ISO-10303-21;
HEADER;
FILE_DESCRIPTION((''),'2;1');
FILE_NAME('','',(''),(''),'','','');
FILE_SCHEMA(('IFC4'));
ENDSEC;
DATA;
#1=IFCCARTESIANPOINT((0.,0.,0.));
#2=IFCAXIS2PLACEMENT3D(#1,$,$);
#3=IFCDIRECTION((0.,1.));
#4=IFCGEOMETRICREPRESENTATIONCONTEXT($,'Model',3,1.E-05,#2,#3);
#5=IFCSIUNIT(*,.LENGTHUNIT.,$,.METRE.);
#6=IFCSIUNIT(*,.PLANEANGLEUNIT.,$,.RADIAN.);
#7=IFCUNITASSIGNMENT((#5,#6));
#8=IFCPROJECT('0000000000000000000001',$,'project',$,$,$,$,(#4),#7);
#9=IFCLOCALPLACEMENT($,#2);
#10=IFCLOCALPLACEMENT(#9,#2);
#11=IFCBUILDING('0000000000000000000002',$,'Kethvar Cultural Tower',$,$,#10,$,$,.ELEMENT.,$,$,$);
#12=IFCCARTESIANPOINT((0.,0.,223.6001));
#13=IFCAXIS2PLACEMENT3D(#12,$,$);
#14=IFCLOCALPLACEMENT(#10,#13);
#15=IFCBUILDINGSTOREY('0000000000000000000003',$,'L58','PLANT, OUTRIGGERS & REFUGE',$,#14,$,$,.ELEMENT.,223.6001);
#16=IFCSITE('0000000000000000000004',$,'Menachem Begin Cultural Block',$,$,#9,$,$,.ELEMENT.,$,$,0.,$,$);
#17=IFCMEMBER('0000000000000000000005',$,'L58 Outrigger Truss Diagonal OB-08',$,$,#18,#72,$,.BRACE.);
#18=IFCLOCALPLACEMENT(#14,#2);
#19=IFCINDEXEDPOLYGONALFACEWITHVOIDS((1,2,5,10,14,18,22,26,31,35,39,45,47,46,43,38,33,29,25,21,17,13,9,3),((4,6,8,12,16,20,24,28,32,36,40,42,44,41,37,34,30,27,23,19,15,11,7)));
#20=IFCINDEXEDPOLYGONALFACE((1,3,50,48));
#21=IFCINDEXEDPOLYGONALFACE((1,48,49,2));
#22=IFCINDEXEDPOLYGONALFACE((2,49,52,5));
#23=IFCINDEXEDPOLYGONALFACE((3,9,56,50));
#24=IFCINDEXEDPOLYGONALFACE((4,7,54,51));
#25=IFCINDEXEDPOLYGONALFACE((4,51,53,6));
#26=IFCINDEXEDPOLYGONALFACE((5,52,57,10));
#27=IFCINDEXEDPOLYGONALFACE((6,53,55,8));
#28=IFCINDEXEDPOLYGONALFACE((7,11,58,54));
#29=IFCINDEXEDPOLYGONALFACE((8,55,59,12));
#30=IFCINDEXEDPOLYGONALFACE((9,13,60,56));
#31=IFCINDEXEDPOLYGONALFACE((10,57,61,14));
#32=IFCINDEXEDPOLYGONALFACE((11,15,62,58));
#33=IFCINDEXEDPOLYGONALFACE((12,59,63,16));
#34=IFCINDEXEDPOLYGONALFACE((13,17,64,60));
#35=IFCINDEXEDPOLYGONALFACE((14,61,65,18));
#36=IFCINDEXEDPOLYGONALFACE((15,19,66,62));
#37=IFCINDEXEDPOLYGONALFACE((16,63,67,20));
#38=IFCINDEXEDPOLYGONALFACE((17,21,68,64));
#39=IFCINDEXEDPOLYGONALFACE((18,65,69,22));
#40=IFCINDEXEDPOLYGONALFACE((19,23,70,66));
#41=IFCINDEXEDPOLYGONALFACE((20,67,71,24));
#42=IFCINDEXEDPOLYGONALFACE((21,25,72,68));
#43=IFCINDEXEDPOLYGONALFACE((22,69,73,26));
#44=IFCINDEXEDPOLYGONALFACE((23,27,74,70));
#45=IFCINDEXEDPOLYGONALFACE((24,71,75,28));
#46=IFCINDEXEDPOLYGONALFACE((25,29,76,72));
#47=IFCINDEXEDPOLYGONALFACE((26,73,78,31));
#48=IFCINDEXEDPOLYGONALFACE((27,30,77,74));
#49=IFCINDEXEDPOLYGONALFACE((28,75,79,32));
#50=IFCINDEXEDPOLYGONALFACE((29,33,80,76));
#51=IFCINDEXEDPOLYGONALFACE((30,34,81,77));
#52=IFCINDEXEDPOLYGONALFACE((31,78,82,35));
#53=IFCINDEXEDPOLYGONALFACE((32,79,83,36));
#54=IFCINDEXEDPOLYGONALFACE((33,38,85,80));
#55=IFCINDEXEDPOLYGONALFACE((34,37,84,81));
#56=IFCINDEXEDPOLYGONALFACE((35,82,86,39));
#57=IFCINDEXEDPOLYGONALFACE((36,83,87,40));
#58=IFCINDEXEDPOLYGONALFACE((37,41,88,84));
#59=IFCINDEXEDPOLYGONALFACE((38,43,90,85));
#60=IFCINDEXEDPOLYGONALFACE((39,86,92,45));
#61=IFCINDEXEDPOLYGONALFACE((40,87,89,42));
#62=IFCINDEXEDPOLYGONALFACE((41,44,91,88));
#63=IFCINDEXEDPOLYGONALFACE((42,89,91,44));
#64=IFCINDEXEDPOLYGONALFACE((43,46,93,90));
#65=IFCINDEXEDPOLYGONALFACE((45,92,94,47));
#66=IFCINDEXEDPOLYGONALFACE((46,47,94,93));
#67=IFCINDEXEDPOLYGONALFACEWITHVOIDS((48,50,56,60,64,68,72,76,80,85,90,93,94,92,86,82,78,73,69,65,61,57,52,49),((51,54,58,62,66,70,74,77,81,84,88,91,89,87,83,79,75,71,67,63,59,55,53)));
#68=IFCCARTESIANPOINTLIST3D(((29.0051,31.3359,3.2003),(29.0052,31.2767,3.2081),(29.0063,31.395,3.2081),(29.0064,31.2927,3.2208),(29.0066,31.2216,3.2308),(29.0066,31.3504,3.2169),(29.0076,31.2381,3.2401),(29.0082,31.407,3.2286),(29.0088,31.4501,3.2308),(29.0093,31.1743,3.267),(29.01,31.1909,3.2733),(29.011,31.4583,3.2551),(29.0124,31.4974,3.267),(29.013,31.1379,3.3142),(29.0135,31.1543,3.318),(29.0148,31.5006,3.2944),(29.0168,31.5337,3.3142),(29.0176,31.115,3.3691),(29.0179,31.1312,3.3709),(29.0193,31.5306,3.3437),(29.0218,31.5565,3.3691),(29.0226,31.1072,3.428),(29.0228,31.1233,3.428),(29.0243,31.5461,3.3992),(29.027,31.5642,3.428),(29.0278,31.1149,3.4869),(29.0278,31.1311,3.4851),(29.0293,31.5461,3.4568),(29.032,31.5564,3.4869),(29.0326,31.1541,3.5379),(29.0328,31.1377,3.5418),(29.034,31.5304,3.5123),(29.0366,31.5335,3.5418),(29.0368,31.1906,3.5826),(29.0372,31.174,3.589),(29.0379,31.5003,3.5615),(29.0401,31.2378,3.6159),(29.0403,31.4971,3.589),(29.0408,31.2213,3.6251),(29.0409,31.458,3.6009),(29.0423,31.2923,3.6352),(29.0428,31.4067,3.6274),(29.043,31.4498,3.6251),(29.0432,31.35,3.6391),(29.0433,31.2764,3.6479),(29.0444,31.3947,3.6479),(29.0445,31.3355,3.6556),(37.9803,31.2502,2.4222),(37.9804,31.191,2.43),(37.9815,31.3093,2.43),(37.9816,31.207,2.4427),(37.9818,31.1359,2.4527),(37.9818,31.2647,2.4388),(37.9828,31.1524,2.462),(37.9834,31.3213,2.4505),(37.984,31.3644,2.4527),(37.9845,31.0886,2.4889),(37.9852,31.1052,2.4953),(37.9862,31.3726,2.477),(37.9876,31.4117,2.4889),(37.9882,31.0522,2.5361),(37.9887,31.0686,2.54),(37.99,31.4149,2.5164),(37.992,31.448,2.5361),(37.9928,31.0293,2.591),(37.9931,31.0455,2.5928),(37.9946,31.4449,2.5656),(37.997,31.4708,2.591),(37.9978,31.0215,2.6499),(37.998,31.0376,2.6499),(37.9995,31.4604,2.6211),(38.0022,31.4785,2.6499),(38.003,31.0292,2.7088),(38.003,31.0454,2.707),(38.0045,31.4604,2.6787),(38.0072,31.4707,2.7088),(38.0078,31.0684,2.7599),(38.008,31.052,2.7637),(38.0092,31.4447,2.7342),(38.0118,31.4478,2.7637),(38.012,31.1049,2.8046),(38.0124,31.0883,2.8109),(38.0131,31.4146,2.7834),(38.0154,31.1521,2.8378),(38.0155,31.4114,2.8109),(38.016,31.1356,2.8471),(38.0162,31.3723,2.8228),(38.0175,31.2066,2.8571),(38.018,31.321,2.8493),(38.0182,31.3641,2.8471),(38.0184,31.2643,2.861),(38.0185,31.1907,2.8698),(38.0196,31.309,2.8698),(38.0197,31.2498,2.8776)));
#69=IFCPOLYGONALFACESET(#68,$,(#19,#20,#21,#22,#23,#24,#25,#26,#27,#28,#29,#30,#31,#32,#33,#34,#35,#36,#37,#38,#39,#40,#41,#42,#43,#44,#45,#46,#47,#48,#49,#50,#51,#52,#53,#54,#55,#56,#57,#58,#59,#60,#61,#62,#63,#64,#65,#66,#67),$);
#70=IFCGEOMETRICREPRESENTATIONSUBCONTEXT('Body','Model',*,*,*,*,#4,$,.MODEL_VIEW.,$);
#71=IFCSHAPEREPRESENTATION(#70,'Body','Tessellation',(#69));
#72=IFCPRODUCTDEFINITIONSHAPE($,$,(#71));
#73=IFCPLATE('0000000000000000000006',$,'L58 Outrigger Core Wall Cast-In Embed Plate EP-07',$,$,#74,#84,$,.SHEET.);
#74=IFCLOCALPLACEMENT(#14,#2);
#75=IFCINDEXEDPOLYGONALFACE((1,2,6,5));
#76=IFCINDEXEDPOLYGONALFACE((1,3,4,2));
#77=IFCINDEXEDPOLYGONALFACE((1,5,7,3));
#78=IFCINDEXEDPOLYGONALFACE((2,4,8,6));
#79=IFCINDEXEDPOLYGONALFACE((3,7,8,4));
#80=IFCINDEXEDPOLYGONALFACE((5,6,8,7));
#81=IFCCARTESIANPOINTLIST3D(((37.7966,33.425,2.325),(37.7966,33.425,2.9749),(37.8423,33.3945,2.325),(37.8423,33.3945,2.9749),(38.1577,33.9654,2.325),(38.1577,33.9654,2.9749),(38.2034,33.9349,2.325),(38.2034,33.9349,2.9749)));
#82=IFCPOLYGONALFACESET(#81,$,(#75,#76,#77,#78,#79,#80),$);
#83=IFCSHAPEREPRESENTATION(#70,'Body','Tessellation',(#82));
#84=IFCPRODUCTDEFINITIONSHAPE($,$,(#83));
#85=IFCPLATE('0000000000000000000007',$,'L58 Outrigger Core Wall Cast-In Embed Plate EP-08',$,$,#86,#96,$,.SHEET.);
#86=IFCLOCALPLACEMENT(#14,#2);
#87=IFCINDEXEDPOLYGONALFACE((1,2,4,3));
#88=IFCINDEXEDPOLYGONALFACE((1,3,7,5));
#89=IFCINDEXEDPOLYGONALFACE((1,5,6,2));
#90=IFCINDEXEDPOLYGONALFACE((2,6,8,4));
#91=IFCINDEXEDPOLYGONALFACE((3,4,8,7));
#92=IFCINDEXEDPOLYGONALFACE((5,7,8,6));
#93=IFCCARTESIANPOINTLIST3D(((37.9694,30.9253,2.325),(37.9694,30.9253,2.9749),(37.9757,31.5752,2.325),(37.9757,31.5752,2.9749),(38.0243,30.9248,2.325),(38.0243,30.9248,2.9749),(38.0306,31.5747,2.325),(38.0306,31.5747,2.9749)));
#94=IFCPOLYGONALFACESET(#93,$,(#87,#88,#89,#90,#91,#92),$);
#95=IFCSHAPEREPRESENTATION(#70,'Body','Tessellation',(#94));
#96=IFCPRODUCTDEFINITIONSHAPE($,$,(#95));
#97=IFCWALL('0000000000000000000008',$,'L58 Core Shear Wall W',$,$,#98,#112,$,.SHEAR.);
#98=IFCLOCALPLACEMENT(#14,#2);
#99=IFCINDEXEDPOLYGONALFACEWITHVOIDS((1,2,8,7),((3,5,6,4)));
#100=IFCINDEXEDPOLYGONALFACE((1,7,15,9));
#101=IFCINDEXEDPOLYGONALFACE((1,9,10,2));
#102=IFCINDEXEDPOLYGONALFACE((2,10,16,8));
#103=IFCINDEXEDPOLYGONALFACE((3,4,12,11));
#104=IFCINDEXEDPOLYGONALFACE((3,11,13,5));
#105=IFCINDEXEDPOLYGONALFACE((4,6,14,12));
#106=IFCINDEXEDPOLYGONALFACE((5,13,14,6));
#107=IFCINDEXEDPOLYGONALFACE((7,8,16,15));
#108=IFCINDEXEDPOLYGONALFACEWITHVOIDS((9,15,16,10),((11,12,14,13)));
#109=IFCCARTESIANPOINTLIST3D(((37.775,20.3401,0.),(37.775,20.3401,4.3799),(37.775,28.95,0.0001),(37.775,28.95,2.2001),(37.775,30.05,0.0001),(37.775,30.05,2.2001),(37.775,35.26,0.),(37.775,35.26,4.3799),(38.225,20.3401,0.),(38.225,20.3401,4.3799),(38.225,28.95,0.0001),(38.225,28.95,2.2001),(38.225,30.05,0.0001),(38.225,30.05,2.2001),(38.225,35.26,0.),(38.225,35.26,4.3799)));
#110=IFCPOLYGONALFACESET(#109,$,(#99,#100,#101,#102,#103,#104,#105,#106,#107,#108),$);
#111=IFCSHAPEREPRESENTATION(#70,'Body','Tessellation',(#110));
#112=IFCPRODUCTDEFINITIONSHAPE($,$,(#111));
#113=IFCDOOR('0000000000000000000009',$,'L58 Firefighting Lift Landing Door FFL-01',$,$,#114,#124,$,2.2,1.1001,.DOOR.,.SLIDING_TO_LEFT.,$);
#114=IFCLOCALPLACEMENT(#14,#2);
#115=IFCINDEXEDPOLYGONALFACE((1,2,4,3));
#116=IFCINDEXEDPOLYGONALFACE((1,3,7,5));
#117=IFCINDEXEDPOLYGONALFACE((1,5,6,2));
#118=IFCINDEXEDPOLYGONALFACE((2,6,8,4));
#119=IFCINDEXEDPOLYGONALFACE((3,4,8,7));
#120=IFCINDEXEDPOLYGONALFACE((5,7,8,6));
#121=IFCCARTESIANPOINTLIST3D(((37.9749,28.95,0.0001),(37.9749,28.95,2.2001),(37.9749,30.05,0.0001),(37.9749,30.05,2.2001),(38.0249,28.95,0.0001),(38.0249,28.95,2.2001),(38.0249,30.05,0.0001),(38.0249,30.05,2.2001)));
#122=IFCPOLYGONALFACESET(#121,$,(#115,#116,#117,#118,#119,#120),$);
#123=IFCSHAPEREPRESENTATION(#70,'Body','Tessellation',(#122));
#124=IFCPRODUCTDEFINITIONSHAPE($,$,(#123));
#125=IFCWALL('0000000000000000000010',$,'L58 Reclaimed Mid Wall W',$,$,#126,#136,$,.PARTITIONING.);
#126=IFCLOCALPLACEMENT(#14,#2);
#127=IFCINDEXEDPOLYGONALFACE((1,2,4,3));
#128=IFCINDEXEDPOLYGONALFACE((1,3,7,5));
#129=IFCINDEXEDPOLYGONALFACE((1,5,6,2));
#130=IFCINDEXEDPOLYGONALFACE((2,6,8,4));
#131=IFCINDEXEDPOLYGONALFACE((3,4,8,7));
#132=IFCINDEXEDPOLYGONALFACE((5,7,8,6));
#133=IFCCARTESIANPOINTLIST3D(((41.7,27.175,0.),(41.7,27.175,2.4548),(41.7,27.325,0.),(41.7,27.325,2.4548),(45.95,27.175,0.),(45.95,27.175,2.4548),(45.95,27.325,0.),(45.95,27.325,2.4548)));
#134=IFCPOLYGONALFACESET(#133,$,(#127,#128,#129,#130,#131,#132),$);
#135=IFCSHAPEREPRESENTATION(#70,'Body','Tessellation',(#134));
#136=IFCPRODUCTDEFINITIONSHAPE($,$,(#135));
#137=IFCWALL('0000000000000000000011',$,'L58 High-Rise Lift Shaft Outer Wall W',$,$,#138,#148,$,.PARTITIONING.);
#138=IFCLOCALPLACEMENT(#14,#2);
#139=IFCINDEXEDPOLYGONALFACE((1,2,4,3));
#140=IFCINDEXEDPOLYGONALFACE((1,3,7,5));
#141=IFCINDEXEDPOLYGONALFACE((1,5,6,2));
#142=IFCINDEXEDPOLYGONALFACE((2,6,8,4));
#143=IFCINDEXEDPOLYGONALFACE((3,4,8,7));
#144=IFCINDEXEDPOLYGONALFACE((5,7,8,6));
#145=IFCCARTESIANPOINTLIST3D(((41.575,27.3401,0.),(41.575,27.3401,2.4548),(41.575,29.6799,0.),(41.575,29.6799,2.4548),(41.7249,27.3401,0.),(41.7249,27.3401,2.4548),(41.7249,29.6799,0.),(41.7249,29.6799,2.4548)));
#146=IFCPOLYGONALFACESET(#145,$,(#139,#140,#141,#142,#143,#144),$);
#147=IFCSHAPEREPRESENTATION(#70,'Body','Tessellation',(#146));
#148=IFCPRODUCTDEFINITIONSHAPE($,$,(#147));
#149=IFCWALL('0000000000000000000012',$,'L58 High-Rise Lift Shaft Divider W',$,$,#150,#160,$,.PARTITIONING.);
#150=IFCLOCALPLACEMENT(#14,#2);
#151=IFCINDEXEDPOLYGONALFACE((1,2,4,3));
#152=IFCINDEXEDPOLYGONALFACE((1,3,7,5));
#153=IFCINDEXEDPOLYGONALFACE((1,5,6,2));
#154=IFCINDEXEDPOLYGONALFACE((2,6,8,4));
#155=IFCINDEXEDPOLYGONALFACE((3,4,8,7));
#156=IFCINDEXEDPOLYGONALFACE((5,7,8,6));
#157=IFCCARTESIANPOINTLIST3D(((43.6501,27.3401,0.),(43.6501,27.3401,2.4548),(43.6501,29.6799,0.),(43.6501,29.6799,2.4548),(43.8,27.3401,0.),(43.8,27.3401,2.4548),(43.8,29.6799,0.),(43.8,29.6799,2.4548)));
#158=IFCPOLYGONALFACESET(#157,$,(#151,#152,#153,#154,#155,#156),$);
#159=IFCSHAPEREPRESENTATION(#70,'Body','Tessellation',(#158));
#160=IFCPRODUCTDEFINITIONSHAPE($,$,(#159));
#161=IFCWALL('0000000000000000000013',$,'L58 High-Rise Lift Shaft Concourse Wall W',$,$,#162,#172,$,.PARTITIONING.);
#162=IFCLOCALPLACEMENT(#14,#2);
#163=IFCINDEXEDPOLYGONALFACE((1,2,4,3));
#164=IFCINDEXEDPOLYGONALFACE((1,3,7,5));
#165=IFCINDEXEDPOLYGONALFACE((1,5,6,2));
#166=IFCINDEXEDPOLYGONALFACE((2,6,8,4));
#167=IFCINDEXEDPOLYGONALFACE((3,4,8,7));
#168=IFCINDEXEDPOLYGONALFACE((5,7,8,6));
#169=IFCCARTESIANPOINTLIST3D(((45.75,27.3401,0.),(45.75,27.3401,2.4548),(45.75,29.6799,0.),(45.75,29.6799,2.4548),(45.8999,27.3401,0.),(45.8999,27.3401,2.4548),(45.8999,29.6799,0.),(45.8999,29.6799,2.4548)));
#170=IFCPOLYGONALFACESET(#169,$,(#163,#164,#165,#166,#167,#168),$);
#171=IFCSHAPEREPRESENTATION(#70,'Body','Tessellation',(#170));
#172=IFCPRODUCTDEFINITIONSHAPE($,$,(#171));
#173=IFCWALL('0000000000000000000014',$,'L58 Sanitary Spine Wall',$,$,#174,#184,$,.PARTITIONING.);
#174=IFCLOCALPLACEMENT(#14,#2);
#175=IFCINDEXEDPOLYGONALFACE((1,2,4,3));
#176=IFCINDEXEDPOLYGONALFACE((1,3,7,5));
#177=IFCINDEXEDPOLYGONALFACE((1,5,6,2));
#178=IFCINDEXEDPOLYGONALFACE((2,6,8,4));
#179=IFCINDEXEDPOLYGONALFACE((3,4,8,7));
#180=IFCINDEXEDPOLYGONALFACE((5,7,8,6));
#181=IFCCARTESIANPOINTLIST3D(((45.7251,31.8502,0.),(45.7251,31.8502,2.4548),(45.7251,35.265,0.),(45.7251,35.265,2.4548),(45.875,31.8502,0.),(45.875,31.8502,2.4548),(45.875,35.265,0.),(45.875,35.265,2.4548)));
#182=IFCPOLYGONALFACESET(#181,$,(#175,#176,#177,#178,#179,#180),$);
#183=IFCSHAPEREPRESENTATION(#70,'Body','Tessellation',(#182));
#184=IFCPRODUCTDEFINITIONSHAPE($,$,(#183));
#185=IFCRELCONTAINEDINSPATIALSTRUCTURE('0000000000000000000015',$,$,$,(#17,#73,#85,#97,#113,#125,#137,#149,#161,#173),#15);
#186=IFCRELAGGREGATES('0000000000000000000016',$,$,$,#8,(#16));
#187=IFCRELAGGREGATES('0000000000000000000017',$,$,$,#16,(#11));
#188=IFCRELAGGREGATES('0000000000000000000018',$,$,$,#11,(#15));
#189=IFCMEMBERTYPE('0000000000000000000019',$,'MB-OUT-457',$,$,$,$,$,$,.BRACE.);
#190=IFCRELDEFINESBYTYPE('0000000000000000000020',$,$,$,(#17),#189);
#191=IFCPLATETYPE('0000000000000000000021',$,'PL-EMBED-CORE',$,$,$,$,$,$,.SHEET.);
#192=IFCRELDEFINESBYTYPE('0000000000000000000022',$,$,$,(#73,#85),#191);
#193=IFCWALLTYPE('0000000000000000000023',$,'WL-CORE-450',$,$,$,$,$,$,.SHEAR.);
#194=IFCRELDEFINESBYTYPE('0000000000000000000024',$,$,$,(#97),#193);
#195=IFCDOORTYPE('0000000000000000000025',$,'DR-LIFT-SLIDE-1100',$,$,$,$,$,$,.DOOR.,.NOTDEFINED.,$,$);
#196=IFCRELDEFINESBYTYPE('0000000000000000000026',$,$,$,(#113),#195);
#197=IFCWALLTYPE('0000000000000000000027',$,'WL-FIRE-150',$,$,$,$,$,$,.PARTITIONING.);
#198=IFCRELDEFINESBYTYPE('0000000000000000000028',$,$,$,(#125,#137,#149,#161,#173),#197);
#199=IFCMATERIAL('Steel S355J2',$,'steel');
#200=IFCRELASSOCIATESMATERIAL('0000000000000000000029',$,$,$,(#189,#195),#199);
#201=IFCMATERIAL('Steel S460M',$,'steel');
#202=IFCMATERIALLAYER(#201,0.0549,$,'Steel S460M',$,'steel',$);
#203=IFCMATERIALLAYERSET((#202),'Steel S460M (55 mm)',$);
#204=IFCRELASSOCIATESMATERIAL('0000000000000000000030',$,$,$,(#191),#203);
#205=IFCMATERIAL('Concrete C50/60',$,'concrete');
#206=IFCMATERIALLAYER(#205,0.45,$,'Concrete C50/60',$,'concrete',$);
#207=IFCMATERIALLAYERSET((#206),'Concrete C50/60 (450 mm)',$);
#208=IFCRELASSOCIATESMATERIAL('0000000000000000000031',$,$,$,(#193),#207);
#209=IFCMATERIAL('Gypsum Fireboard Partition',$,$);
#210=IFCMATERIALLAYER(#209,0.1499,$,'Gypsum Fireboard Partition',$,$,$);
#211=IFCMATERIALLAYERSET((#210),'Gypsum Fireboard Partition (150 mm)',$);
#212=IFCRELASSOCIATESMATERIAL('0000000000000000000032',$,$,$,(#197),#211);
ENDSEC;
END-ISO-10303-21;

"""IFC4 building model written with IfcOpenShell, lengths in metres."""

from ifc_helpers import new_model, si_unit, direction, frame, frame_2d, origin, origin_2d, place, context, subcontext, project, spatial, rectangle, hollow_circle, extrude, source, transform, mapped, material, layer, layer_set, material_profile, profile_set, type_object, element, fill, save


model = new_model("IFC4")

# Units and contexts
model_context = context("Model", 3, precision=1e-05, world=origin(), true_north=direction((0.0, 1.0)))
body_context = subcontext(model_context, "Body", "Model", "MODEL_VIEW")
ifc_project = project(units=[si_unit("LENGTHUNIT", "METRE"), si_unit("PLANEANGLEUNIT", "RADIAN")], contexts=[model_context])

# Site, building, storey
site_placement = place(None, origin())
site = spatial("IfcSite", under=ifc_project, at=site_placement, Name="Menachem Begin Cultural Block", CompositionType="ELEMENT", RefElevation=0.0)
building_placement = place(site_placement, origin())
building = spatial("IfcBuilding", under=site, at=building_placement, Name="Kethvar Cultural Tower", CompositionType="ELEMENT")
storey_placement = place(building_placement, frame((0.0, 0.0, 223.6001)))
storey = spatial("IfcBuildingStorey", under=building, at=storey_placement, Name="L58", Description="PLANT, OUTRIGGERS & REFUGE", CompositionType="ELEMENT", Elevation=223.6001)

# Shared definitions
ifc_material_1 = material(Name="Steel S460M", Category="steel")

# Member
ifc_material_2 = material(Name="Steel S355J2", Category="steel")
ifc_material_profile_1 = material_profile(ifc_material_2, hollow_circle(Radius=0.2285, WallThickness=0.0161, at=origin_2d()), Name="Steel S355J2 — CHS457x16")
ifc_profile_set_1 = profile_set([ifc_material_profile_1], Name="Steel S355J2 — CHS457x16")
member_type = type_object("IfcMemberType", Name="MB-OUT-457", PredefinedType="BRACE", material=ifc_profile_set_1)
shared_shape_1 = source(origin(), body_context, "Body", "SweptSolid", [
    extrude(hollow_circle(Radius=0.2285, WallThickness=0.0161, at=origin_2d()), origin(), (0.0, 0.0, 1.0), 9.0093),
])
member_1_placement = place(storey_placement, frame((38.0, 31.25, 2.6499), z_axis=(-0.996218, 0.009512, 0.086365), x_axis=(-0.009547, -0.999954, 0.0)))
element("IfcMember", 1, at=member_1_placement, inside=storey, type_object=member_type, Name="L58 Outrigger Truss Diagonal OB-08", PredefinedType="BRACE", context=body_context, shape_type="MappedRepresentation", body=[
    mapped(shared_shape_1, transform((0.0, 0.0, 0.0), scale=1.0)),
])

# Plates
ifc_layer_1 = layer(ifc_material_1, 0.0549, Name="Steel S460M", Category="steel")
ifc_layer_set_1 = layer_set([ifc_layer_1], Name="Steel S460M (55 mm)")
plate_type = type_object("IfcPlateType", Name="PL-EMBED-CORE", PredefinedType="SHEET", material=ifc_layer_set_1)
shared_shape_2 = source(origin(), body_context, "Body", "SweptSolid", [
    extrude(rectangle(XDim=0.0549, YDim=0.6499, at=origin_2d()), origin(), (0.0, 0.0, 1.0), 0.6499),
])
for number, where, z_axis, x_axis, name in (
    (2, (38.0, 33.6799, 2.325), (0.0, 0.0, 1.0), (-0.83147, 0.55557, 0.0), "L58 Outrigger Core Wall Cast-In Embed Plate EP-07"),
    (3, (38.0, 31.25, 2.325), (0.0, 0.0, 1.0), (-0.999954, 0.009599, 0.0), "L58 Outrigger Core Wall Cast-In Embed Plate EP-08"),
):
    element("IfcPlate", number, at=place(storey_placement, frame(where, z_axis=z_axis, x_axis=x_axis)), inside=storey, type_object=plate_type, Name=name, PredefinedType="SHEET", context=body_context, shape_type="MappedRepresentation", body=[
        mapped(shared_shape_2, transform((0.0, 0.0, 0.0), scale=1.0)),
    ])

# Wall, opening, door
ifc_material_3 = material(Name="Concrete C50/60", Category="concrete")
ifc_layer_2 = layer(ifc_material_3, 0.45, Name="Concrete C50/60", Category="concrete")
ifc_layer_set_2 = layer_set([ifc_layer_2], Name="Concrete C50/60 (450 mm)")
wall_type_1 = type_object("IfcWallType", Name="WL-CORE-450", PredefinedType="SHEAR", material=ifc_layer_set_2)
wall_1_placement = place(storey_placement, frame((38.0, 35.26, 0.0), z_axis=(0.0, 0.0, 1.0), x_axis=(0.0, -1.0, 0.0)))
wall_1 = element("IfcWall", 4, at=wall_1_placement, inside=storey, type_object=wall_type_1, Name="L58 Core Shear Wall W", PredefinedType="SHEAR", context=body_context, shape_type="SweptSolid", body=[
    extrude(rectangle(XDim=14.9199, YDim=0.45, at=frame_2d((7.46, 0.0))), origin(), (0.0, 0.0, 1.0), 4.3799),
])
opening_1_placement = place(wall_1_placement, frame((5.21, 0.0, 0.0)))
opening_1 = element("IfcOpeningElement", 5, at=opening_1_placement, cuts=wall_1, PredefinedType="OPENING", context=body_context, shape_type="SweptSolid", body=[
    extrude(rectangle(XDim=1.1001, YDim=2.2, at=frame_2d((0.55, 1.1001))), frame((0.0, 0.2349, 0.0), z_axis=(0.0, -1.0, 0.0), x_axis=(1.0, 0.0, 0.0)), (0.0, 0.0, 1.0), 0.47),
])
door_type = type_object("IfcDoorType", Name="DR-LIFT-SLIDE-1100", OperationType="NOTDEFINED", PredefinedType="DOOR", material=ifc_material_2)
shared_shape_3 = source(origin(), body_context, "Body", "SweptSolid", [
    extrude(rectangle(XDim=1.1001, YDim=2.2, at=frame_2d((0.55, 1.1001))), frame((0.0, 0.0249, 0.0), z_axis=(0.0, -1.0, 0.0), x_axis=(1.0, 0.0, 0.0)), (0.0, 0.0, 1.0), 0.05),
])
door_1_placement = place(opening_1_placement, origin())
door_1 = element("IfcDoor", 6, at=door_1_placement, inside=storey, type_object=door_type, Name="L58 Firefighting Lift Landing Door FFL-01", OperationType="SLIDING_TO_LEFT", OverallHeight=2.2, OverallWidth=1.1001, PredefinedType="DOOR", context=body_context, shape_type="MappedRepresentation", body=[
    mapped(shared_shape_3, transform((0.0, 0.0, 0.0), scale=1.0)),
])
fill(opening_1, door_1)

# Walls
ifc_material_4 = material(Name="Gypsum Fireboard Partition")
ifc_layer_3 = layer(ifc_material_4, 0.1499, Name="Gypsum Fireboard Partition")
ifc_layer_set_3 = layer_set([ifc_layer_3], Name="Gypsum Fireboard Partition (150 mm)")
wall_type_2 = type_object("IfcWallType", Name="WL-FIRE-150", PredefinedType="PARTITIONING", material=ifc_layer_set_3)
wall_2_placement = place(storey_placement, frame((41.7, 27.25, 0.0), z_axis=(0.0, 0.0, 1.0), x_axis=(1.0, 0.0, 0.0)))
element("IfcWall", 7, at=wall_2_placement, inside=storey, type_object=wall_type_2, Name="L58 Reclaimed Mid Wall W", PredefinedType="PARTITIONING", context=body_context, shape_type="SweptSolid", body=[
    extrude(rectangle(XDim=4.25, YDim=0.1499, at=frame_2d((2.125, 0.0))), origin(), (0.0, 0.0, 1.0), 2.4548),
])
for number, where, z_axis, x_axis, name in (
    (8, (41.6499, 27.3401, 0.0), (0.0, 0.0, 1.0), (0.0, 1.0, 0.0), "L58 High-Rise Lift Shaft Outer Wall W"),
    (9, (43.7251, 27.3401, 0.0), (0.0, 0.0, 1.0), (0.0, 1.0, 0.0), "L58 High-Rise Lift Shaft Divider W"),
    (10, (45.825, 27.3401, 0.0), (0.0, 0.0, 1.0), (0.0, 1.0, 0.0), "L58 High-Rise Lift Shaft Concourse Wall W"),
):
    element("IfcWall", number, at=place(storey_placement, frame(where, z_axis=z_axis, x_axis=x_axis)), inside=storey, type_object=wall_type_2, Name=name, PredefinedType="PARTITIONING", context=body_context, shape_type="SweptSolid", body=[
        extrude(rectangle(XDim=2.3398, YDim=0.1499, at=frame_2d((1.1699, 0.0))), origin(), (0.0, 0.0, 1.0), 2.4548),
    ])
wall_3_placement = place(storey_placement, frame((45.8, 31.8501, 0.0), z_axis=(0.0, 0.0, 1.0), x_axis=(0.0, 1.0, 0.0)))
element("IfcWall", 11, at=wall_3_placement, inside=storey, type_object=wall_type_2, Name="L58 Sanitary Spine Wall", PredefinedType="PARTITIONING", context=body_context, shape_type="SweptSolid", body=[
    extrude(rectangle(XDim=3.4148, YDim=0.1499, at=frame_2d((1.7075, 0.0))), origin(), (0.0, 0.0, 1.0), 2.4548),
])

save(model, "model.ifc")
